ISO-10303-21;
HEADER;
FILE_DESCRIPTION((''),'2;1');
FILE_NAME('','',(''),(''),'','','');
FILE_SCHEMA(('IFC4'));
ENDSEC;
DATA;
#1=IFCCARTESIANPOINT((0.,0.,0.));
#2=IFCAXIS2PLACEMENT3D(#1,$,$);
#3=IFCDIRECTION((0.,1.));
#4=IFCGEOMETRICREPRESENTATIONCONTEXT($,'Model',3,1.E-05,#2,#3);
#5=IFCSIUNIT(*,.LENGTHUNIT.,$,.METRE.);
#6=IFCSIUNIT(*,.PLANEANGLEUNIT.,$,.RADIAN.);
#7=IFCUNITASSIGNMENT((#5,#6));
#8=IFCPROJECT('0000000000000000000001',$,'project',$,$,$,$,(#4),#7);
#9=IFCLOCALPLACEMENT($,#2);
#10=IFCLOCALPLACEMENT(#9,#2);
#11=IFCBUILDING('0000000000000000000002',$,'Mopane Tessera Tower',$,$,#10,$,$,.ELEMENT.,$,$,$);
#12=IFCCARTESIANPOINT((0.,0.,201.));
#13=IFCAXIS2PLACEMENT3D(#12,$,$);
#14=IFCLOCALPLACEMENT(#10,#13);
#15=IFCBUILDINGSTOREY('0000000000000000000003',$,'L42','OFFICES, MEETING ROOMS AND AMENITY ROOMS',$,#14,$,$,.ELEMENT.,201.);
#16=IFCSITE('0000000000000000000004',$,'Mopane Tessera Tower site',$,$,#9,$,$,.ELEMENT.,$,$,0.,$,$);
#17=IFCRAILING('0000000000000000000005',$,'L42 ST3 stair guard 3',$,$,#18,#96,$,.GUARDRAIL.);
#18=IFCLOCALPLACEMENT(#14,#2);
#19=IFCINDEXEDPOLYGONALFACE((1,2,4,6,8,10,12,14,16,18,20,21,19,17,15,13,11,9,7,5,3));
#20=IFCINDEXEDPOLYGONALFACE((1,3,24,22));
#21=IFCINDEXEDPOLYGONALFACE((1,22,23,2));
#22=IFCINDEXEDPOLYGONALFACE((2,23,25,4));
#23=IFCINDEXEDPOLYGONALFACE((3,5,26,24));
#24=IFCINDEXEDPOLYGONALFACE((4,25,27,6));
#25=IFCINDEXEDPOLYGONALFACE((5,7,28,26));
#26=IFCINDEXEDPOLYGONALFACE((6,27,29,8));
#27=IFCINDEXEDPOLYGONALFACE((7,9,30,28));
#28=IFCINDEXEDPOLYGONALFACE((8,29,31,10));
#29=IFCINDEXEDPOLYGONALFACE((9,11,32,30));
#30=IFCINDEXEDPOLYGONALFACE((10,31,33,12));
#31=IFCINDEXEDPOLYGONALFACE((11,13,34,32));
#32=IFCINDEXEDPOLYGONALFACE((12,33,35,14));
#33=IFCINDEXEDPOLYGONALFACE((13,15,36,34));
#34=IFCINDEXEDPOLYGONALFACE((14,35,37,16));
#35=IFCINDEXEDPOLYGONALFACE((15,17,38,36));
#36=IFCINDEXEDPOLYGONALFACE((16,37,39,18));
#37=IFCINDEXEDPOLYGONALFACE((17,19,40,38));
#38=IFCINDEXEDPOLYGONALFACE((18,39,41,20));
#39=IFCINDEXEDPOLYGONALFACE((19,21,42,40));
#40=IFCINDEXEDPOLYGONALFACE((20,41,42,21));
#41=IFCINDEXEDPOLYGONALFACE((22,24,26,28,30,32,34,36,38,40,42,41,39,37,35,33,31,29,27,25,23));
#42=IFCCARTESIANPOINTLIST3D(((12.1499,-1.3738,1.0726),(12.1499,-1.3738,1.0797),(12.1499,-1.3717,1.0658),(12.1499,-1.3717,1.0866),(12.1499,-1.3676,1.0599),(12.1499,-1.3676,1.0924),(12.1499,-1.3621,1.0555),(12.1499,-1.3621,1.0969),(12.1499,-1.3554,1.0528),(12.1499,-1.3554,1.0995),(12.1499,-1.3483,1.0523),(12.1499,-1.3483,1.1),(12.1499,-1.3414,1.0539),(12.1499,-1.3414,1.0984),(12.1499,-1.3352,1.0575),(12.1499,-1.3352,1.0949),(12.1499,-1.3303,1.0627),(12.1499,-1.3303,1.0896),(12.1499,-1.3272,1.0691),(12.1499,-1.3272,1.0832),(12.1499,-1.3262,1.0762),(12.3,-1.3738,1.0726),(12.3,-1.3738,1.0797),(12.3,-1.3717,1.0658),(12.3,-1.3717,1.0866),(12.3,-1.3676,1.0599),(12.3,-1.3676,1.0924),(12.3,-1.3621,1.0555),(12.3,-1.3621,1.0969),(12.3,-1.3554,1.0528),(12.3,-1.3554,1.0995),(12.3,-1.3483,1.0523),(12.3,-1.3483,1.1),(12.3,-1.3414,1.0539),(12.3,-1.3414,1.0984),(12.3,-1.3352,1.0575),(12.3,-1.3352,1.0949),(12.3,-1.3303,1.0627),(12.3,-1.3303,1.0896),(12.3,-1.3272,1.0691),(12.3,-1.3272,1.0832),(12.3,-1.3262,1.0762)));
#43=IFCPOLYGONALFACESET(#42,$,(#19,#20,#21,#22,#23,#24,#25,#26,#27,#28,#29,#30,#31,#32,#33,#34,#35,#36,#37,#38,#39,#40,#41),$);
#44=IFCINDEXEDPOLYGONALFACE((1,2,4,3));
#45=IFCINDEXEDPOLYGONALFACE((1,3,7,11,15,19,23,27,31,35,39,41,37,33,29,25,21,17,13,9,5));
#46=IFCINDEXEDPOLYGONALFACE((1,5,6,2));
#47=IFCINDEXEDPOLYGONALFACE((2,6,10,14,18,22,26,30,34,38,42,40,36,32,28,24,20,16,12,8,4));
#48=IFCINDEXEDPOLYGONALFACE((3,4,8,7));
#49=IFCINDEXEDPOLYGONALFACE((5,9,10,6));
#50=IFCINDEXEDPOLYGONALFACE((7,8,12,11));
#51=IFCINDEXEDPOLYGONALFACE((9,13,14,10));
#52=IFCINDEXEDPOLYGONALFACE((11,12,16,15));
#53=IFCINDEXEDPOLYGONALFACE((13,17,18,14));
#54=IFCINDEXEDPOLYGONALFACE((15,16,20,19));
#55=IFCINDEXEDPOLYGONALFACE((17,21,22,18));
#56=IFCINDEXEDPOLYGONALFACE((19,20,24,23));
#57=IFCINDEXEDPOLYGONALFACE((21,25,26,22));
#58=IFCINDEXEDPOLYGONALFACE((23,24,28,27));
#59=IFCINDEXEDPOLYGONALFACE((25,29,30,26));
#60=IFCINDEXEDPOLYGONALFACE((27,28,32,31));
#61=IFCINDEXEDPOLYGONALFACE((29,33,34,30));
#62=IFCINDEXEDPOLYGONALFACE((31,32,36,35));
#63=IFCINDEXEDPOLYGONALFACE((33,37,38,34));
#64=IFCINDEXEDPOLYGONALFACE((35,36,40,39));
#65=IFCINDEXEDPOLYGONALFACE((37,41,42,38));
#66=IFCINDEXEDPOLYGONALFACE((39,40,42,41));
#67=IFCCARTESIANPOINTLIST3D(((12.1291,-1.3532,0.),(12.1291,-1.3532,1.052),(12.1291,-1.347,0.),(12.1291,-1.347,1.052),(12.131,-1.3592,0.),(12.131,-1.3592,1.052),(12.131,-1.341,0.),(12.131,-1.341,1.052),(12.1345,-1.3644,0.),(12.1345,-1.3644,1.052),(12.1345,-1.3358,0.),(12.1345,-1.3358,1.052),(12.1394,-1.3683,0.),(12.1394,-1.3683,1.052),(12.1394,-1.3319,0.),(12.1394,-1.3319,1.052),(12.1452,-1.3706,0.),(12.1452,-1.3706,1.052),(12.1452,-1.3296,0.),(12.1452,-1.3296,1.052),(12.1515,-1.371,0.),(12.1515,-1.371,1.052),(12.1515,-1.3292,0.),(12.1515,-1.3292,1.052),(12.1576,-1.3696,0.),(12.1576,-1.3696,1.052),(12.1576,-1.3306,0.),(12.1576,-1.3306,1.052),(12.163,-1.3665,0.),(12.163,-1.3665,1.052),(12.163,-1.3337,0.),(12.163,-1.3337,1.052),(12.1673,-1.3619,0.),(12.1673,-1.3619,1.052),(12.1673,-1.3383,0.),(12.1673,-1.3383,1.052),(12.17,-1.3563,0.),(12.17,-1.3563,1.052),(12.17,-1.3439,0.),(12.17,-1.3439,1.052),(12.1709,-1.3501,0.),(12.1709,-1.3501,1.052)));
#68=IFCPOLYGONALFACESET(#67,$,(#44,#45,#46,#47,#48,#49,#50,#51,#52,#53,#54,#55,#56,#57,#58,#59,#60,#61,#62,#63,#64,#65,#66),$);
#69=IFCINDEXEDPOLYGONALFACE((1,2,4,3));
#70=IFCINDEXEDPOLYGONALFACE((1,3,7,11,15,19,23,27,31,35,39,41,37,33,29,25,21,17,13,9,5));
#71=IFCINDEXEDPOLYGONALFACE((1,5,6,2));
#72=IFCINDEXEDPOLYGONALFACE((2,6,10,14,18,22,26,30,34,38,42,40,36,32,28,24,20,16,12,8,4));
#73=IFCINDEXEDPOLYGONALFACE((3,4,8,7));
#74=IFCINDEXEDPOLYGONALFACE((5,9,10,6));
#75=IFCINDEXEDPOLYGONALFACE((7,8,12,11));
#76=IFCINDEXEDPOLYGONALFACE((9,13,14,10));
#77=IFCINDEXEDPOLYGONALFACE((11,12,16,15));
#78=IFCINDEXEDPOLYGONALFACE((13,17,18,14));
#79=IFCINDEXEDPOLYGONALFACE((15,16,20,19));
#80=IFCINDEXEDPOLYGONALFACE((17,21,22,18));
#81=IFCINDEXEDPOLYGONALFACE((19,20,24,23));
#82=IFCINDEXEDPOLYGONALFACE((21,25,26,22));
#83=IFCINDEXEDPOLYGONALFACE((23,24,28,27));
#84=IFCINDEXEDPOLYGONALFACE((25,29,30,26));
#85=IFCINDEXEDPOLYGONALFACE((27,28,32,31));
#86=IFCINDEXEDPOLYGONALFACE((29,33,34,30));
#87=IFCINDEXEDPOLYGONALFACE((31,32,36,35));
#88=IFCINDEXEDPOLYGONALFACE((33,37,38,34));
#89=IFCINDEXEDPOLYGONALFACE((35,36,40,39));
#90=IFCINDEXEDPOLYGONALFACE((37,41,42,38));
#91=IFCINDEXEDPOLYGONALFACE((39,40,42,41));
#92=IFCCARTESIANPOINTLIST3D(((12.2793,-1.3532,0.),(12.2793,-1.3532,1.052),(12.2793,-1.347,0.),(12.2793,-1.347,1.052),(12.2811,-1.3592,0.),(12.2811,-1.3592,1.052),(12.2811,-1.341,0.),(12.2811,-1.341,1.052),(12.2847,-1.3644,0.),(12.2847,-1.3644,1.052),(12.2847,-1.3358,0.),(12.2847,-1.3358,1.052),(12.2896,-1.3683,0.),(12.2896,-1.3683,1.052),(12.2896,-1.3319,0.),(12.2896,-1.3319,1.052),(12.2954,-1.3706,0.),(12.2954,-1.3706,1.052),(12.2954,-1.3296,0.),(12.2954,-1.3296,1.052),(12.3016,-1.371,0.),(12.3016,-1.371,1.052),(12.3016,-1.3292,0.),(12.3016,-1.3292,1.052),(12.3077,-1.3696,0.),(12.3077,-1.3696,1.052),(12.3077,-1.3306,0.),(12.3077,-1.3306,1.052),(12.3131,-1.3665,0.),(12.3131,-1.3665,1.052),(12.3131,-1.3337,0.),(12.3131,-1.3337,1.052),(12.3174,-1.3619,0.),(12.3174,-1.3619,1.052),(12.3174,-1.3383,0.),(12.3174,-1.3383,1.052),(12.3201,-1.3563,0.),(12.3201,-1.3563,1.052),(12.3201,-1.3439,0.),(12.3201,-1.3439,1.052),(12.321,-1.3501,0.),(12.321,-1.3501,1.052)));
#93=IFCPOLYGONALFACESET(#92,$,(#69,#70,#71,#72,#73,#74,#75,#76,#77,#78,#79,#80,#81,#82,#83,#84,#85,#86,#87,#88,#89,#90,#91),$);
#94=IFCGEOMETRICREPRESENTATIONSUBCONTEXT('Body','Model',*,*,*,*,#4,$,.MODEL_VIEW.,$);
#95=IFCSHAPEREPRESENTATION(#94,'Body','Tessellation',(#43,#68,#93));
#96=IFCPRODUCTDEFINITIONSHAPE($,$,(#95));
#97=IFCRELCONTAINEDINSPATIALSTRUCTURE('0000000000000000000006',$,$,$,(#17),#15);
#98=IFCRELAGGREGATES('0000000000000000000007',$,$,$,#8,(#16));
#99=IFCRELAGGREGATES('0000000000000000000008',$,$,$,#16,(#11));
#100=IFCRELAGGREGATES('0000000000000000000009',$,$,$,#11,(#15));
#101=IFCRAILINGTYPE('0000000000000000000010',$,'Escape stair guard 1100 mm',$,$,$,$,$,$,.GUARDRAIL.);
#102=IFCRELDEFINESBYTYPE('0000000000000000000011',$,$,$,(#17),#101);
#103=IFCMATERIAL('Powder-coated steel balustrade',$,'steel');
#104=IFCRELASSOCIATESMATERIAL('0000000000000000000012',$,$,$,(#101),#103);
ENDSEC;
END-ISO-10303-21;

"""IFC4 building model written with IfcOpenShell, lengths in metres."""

from ifc_helpers import new_model, si_unit, direction, frame, origin, origin_2d, place, context, subcontext, project, spatial, circle, extrude, material, type_object, element, save


model = new_model("IFC4")

# Units and contexts
model_context = context("Model", 3, precision=1e-05, world=origin(), true_north=direction((0.0, 1.0)))
body_context = subcontext(model_context, "Body", "Model", "MODEL_VIEW")
ifc_project = project(units=[si_unit("LENGTHUNIT", "METRE"), si_unit("PLANEANGLEUNIT", "RADIAN")], contexts=[model_context])

# Site, building, storey
site_placement = place(None, origin())
site = spatial("IfcSite", under=ifc_project, at=site_placement, Name="Mopane Tessera Tower site", CompositionType="ELEMENT", RefElevation=0.0)
building_placement = place(site_placement, origin())
building = spatial("IfcBuilding", under=site, at=building_placement, Name="Mopane Tessera Tower", CompositionType="ELEMENT")
storey_placement = place(building_placement, frame((0.0, 0.0, 201.0)))
storey = spatial("IfcBuildingStorey", under=building, at=storey_placement, Name="L42", Description="OFFICES, MEETING ROOMS AND AMENITY ROOMS", CompositionType="ELEMENT", Elevation=201.0)

# Railing
ifc_material_1 = material(Name="Powder-coated steel balustrade", Category="steel")
railing_type_1 = type_object("IfcRailingType", Name="Escape stair guard 1100 mm", PredefinedType="GUARDRAIL", material=ifc_material_1)
railing_1_placement = place(storey_placement, frame((12.1499, -1.3501, 0.0)))
element("IfcRailing", 1, at=railing_1_placement, inside=storey, type_object=railing_type_1, Name="L42 ST3 stair guard 3", PredefinedType="GUARDRAIL", context=body_context, shape_type="SweptSolid", body=[
    extrude(circle(Radius=0.0239, at=origin_2d()), frame((0.0, 0.0, 1.0762), z_axis=(1.0, 0.0, 0.0), x_axis=(0.0, 1.0, 0.0)), (0.0, 0.0, 1.0), 0.1501),
    extrude(circle(Radius=0.021, at=origin_2d()), origin(), (0.0, 0.0, 1.0), 1.052),
    extrude(circle(Radius=0.021, at=origin_2d()), frame((0.1501, 0.0, 0.0)), (0.0, 0.0, 1.0), 1.052),
])

save(model, "model.ifc")
